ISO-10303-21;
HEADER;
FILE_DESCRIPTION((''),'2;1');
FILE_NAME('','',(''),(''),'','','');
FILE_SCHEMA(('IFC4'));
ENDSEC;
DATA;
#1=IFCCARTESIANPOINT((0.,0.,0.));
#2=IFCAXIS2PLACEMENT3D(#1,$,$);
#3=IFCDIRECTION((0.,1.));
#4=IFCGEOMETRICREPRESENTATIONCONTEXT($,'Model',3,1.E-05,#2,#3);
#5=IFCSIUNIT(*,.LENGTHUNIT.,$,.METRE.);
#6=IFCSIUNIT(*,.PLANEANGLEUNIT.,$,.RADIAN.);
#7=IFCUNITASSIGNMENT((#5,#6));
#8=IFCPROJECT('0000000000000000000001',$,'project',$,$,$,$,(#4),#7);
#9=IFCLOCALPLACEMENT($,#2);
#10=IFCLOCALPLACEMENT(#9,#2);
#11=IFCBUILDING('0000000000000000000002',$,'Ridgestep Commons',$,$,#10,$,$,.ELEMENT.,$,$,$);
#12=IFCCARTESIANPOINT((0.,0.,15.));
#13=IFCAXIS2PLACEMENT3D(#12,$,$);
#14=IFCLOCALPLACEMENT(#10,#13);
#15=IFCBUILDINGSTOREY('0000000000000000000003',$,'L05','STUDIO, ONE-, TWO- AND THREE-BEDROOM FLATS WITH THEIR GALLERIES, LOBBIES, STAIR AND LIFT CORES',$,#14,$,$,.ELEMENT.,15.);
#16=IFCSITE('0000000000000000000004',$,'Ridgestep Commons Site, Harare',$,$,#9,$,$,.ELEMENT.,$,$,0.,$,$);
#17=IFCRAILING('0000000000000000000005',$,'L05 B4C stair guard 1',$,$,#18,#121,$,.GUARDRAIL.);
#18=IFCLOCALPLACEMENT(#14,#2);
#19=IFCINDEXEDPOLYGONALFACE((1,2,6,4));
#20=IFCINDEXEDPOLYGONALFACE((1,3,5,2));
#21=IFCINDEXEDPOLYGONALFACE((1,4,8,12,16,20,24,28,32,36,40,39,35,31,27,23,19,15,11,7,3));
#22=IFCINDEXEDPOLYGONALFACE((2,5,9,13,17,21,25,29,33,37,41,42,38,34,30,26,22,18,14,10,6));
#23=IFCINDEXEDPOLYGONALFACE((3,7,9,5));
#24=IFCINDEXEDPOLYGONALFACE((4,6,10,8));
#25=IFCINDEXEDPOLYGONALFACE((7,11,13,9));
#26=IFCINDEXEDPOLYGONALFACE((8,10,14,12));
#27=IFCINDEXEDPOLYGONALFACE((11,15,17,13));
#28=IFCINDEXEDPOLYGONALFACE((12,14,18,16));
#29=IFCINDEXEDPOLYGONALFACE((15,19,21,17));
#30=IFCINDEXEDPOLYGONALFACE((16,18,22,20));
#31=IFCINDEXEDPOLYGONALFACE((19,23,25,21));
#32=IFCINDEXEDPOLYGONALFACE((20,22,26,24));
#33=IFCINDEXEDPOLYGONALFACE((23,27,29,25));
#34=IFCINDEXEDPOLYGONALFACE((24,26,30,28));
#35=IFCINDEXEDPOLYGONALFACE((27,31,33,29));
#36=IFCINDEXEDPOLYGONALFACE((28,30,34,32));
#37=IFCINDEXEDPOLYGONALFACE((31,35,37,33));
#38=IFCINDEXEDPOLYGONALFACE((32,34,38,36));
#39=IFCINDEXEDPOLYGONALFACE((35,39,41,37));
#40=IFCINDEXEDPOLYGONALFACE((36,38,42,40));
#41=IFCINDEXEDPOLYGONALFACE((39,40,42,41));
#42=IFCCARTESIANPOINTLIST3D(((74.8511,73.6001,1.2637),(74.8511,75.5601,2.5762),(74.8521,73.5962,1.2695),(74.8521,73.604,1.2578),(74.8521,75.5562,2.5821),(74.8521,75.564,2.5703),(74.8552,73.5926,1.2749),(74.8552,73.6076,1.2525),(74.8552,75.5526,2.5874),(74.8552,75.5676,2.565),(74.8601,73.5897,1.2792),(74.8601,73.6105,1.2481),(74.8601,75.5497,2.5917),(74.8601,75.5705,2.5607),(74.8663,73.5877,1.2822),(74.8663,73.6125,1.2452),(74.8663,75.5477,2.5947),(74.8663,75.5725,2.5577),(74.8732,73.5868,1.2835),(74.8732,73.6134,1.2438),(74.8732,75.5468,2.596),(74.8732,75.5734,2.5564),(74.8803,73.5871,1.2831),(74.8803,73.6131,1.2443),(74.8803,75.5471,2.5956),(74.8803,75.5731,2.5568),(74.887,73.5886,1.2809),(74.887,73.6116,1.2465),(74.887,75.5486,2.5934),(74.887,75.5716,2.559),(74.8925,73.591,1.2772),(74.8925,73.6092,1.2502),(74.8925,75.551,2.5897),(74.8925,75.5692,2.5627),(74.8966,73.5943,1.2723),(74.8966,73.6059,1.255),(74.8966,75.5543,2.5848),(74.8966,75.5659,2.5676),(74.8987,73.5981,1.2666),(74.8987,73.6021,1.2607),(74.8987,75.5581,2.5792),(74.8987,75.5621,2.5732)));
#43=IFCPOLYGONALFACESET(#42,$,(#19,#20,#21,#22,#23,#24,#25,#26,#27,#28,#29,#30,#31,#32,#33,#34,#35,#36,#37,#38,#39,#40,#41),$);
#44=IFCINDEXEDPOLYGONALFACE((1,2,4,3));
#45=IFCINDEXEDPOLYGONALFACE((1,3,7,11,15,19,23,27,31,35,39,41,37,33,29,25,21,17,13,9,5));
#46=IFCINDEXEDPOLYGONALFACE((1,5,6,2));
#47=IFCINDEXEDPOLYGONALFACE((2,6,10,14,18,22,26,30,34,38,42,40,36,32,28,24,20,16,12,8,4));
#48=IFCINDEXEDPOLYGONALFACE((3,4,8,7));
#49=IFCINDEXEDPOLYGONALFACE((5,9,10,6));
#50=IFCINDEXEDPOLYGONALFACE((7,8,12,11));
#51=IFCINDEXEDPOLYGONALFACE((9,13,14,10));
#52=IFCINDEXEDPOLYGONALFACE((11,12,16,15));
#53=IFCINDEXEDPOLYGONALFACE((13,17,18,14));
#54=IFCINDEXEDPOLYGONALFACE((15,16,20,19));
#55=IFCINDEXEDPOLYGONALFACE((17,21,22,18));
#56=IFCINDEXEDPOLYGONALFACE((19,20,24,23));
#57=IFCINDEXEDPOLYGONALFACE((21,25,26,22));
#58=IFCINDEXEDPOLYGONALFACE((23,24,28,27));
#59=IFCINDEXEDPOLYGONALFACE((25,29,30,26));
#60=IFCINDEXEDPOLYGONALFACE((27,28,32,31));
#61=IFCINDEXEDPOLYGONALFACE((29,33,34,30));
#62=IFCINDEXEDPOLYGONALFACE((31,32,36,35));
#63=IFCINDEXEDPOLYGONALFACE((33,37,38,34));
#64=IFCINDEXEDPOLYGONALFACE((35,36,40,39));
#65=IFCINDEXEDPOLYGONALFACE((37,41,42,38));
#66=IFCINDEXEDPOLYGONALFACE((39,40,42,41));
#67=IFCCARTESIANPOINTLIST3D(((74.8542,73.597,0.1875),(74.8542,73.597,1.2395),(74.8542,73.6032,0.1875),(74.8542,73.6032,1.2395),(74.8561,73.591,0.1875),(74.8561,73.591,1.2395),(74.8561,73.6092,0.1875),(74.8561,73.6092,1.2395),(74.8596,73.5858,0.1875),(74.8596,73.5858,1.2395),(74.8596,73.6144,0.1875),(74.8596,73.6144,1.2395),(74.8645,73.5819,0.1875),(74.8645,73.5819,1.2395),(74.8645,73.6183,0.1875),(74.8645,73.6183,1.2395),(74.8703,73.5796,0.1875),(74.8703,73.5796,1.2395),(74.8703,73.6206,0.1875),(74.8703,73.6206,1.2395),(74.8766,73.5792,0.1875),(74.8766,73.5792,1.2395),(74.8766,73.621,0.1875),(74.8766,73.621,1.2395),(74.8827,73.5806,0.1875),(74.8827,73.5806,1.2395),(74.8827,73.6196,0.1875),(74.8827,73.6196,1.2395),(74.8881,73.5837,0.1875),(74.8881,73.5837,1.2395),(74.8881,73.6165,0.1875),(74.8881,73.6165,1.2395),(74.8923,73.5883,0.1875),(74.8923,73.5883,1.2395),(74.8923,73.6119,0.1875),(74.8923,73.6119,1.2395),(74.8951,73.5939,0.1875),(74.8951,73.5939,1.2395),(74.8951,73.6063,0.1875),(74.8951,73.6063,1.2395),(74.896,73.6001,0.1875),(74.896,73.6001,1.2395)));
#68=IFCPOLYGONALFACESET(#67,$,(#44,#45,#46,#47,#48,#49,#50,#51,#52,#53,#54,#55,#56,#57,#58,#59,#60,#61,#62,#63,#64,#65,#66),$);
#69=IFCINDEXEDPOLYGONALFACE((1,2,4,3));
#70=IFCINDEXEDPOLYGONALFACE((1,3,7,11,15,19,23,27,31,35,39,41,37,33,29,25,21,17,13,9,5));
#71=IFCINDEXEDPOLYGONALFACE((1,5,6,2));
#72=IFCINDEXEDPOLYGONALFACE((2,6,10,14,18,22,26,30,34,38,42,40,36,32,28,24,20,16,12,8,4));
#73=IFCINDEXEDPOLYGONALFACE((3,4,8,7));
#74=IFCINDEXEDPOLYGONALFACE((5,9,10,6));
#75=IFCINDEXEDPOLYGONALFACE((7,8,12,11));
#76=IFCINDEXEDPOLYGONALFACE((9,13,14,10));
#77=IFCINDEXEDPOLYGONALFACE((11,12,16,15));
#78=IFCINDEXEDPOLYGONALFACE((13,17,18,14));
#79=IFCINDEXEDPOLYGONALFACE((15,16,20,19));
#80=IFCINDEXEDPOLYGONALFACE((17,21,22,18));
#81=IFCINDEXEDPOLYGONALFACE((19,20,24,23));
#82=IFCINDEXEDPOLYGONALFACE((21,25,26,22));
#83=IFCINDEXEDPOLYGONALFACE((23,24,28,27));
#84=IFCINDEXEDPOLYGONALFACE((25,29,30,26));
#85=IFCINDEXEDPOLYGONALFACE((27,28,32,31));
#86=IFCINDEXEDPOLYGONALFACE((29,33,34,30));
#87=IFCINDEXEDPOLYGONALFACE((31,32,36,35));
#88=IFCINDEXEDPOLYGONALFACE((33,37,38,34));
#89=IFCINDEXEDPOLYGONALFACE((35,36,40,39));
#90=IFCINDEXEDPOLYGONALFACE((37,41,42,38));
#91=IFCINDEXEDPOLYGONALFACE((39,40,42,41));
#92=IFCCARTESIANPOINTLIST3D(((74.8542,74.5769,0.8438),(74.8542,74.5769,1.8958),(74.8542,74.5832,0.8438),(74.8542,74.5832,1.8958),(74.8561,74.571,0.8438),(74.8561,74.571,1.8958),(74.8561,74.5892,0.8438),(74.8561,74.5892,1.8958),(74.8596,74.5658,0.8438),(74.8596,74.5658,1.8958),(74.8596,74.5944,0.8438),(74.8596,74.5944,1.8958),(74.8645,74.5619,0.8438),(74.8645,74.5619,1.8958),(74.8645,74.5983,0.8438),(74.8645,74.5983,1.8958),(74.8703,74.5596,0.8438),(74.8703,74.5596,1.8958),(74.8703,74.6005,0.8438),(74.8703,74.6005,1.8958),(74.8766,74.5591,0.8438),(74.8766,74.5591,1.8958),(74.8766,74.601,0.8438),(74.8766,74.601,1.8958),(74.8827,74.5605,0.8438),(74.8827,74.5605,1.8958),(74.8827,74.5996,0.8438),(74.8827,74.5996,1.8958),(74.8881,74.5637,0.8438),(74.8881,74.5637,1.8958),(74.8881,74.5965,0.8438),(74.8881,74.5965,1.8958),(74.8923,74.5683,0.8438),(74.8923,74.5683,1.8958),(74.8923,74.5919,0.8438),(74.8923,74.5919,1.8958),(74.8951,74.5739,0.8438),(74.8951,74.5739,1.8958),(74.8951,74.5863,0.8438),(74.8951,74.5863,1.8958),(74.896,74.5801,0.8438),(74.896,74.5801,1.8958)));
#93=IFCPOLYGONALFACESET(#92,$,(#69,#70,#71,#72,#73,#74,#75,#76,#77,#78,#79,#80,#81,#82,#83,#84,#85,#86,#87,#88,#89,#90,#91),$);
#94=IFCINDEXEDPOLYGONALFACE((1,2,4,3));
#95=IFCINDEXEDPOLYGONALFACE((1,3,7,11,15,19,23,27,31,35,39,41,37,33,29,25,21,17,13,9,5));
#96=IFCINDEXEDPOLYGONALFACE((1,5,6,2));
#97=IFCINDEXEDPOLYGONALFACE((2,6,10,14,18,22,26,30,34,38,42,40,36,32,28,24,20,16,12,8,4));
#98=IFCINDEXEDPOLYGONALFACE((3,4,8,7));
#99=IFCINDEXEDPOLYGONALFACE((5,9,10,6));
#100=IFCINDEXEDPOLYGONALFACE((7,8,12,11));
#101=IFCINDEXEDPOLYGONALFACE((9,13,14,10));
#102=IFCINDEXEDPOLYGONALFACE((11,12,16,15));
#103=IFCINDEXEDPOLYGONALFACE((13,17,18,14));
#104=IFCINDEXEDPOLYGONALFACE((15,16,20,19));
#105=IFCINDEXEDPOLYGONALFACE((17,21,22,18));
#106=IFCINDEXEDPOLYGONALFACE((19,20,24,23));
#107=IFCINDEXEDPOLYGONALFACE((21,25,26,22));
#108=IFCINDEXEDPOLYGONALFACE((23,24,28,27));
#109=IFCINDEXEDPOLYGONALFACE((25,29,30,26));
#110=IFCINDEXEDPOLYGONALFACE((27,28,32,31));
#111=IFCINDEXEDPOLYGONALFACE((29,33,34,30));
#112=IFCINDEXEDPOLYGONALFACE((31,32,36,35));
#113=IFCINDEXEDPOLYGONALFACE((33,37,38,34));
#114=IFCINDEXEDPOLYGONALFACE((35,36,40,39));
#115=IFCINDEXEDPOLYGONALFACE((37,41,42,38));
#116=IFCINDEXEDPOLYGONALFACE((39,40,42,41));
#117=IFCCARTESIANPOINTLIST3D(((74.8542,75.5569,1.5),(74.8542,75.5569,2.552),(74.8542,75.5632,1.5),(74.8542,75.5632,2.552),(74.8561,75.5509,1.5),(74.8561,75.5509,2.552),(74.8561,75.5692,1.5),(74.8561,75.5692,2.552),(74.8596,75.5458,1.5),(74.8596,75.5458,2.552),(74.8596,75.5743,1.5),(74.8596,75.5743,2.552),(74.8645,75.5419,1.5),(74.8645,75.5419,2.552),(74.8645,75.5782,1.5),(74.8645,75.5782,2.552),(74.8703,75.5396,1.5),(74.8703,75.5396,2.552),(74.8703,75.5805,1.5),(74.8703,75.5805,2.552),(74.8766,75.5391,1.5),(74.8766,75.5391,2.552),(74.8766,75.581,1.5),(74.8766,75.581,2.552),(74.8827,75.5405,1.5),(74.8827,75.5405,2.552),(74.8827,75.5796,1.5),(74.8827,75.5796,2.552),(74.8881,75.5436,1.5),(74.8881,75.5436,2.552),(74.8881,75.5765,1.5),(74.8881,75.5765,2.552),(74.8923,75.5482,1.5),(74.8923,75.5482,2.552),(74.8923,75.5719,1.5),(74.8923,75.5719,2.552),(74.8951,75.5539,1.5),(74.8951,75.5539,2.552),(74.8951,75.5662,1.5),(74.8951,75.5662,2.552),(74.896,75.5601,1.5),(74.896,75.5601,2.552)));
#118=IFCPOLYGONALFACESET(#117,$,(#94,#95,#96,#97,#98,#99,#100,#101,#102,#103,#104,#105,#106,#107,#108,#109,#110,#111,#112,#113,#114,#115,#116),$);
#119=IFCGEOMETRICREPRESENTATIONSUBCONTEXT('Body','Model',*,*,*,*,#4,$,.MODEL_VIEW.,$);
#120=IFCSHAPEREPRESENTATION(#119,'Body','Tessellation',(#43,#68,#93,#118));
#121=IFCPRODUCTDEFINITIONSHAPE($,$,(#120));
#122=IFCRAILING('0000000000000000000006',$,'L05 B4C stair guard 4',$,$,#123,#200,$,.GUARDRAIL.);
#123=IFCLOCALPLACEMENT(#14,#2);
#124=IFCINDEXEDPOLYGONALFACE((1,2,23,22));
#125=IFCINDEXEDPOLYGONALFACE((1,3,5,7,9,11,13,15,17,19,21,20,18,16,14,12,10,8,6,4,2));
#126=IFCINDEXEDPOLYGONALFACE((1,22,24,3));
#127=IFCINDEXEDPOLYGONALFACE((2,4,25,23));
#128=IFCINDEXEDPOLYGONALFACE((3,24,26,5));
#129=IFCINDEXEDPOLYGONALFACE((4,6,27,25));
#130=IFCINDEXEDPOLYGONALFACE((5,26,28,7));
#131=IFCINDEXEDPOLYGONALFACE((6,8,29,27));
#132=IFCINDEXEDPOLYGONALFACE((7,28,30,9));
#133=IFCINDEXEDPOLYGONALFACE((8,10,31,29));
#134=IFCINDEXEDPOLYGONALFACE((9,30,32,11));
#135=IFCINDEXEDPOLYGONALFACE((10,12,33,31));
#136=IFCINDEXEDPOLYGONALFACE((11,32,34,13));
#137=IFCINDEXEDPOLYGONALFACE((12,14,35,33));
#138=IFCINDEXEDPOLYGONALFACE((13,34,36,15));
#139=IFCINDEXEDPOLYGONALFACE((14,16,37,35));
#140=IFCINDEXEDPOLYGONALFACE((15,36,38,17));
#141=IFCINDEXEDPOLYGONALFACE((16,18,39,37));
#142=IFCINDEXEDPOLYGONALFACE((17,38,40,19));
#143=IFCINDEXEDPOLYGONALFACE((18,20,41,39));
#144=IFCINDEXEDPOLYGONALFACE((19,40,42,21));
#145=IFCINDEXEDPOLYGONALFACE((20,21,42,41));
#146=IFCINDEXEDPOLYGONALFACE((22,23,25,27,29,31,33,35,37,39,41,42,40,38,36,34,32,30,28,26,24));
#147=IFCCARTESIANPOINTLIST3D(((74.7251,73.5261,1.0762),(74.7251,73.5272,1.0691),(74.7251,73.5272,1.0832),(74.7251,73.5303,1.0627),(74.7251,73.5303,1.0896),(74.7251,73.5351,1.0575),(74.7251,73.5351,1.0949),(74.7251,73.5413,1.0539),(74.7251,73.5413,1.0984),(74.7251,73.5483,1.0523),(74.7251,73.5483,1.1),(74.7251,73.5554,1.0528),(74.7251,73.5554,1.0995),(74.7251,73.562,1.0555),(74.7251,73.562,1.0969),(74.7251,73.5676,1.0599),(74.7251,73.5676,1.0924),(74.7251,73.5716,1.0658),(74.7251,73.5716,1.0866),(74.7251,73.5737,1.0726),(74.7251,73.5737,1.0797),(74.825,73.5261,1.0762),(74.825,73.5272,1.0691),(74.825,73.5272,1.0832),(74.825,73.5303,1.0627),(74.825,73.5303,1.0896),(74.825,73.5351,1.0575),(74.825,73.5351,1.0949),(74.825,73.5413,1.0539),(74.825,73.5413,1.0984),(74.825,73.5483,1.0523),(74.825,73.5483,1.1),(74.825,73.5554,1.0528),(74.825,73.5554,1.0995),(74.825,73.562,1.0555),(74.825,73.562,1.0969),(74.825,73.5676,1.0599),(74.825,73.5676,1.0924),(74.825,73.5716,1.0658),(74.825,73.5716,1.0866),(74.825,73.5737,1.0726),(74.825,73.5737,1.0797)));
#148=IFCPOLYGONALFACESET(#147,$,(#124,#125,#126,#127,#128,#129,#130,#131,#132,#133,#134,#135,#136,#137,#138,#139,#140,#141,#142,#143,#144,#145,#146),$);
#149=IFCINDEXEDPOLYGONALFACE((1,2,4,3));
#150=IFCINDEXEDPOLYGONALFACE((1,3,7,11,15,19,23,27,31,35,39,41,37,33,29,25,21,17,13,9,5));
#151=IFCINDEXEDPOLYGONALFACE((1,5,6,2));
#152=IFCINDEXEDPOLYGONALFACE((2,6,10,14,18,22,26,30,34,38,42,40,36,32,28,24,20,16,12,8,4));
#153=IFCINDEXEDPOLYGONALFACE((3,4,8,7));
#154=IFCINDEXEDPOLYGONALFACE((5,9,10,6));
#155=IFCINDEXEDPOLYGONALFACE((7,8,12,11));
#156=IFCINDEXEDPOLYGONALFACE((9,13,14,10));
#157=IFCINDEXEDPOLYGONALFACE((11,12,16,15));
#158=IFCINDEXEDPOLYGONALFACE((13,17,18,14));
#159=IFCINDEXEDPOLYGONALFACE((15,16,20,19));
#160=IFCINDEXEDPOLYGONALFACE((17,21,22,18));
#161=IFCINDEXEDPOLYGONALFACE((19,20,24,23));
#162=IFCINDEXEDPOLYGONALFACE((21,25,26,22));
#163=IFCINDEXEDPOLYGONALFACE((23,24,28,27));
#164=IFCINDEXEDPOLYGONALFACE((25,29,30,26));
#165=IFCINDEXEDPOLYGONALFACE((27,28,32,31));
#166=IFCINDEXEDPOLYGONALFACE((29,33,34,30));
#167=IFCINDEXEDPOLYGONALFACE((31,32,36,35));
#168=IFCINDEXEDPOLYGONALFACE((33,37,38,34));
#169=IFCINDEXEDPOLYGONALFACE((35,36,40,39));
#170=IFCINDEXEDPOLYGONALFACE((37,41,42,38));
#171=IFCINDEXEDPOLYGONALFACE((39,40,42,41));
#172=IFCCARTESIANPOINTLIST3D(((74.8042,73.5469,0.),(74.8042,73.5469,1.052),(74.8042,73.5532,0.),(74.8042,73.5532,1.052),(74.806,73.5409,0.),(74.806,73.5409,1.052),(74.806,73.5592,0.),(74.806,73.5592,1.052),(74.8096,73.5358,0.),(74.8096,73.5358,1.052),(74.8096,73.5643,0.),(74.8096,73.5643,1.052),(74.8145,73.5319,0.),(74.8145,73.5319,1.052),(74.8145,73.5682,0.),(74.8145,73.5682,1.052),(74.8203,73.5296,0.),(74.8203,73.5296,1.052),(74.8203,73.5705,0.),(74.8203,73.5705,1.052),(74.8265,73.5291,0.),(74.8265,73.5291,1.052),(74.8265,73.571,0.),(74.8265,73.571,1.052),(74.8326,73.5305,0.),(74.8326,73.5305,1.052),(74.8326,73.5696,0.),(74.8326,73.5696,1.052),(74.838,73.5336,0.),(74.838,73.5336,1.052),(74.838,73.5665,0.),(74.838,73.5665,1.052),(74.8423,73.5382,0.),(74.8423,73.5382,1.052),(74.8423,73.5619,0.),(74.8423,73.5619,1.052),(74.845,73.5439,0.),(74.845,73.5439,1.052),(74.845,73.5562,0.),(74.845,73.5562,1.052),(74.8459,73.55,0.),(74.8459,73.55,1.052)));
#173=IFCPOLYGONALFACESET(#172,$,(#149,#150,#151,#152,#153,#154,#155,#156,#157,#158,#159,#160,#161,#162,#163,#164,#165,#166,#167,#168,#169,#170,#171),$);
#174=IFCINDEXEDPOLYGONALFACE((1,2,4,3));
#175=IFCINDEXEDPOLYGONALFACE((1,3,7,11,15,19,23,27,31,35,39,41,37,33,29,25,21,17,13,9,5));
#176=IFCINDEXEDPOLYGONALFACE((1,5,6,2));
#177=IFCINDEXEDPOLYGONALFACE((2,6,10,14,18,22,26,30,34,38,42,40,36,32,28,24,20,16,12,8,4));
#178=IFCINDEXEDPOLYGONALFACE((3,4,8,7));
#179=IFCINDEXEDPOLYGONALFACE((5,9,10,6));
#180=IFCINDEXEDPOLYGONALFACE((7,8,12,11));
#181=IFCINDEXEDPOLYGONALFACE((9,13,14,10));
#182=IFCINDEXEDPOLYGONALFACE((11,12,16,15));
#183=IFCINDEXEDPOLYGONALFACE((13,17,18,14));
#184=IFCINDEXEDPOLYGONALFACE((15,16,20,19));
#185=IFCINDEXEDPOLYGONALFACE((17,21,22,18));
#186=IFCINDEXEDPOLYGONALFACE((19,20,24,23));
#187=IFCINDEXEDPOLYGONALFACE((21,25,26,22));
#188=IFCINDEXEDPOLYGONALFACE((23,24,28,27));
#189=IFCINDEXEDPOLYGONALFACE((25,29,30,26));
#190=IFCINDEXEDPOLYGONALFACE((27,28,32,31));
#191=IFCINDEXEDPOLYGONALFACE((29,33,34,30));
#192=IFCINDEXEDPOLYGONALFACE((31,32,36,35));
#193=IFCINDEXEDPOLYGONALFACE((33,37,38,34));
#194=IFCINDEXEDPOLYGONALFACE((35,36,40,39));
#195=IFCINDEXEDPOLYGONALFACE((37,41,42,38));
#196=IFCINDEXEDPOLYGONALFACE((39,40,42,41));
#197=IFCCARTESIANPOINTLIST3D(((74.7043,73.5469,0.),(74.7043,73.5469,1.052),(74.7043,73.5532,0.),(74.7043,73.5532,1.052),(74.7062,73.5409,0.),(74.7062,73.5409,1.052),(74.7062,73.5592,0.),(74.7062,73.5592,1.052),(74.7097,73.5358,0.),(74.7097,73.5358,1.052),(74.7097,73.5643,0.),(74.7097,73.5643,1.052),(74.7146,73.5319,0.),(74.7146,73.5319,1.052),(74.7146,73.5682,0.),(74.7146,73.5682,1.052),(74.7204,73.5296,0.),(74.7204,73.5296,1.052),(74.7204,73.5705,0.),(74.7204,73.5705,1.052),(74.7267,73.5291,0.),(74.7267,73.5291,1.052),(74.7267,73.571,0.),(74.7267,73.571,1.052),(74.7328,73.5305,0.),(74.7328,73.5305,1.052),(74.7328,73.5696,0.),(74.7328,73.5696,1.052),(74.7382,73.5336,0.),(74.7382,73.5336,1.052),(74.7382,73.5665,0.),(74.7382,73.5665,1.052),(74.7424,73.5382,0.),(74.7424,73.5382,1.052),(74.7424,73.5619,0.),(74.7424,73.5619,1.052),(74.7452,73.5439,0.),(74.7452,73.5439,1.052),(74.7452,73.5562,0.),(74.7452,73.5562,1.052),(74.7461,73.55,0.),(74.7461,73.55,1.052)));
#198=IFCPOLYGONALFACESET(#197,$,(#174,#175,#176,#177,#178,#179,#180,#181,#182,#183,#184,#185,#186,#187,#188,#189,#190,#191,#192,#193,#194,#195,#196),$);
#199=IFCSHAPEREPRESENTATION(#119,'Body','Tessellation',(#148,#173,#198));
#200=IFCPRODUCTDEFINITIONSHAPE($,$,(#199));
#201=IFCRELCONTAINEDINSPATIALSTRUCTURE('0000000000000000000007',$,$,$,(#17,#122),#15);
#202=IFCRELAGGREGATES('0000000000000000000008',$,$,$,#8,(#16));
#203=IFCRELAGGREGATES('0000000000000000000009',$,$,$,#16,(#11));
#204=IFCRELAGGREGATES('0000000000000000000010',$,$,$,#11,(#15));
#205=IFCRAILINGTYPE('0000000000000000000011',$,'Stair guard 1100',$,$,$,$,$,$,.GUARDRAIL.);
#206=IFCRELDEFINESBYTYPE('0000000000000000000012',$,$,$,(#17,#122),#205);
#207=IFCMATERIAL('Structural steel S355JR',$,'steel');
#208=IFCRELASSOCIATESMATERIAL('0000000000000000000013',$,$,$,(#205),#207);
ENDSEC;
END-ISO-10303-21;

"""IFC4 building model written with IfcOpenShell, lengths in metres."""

from ifc_helpers import new_model, si_unit, direction, frame, origin, origin_2d, place, context, subcontext, project, spatial, circle, extrude, material, type_object, element, save


model = new_model("IFC4")

# Units and contexts
model_context = context("Model", 3, precision=1e-05, world=origin(), true_north=direction((0.0, 1.0)))
body_context = subcontext(model_context, "Body", "Model", "MODEL_VIEW")
ifc_project = project(units=[si_unit("LENGTHUNIT", "METRE"), si_unit("PLANEANGLEUNIT", "RADIAN")], contexts=[model_context])

# Site, building, storey
site_placement = place(None, origin())
site = spatial("IfcSite", under=ifc_project, at=site_placement, Name="Ridgestep Commons Site, Harare", CompositionType="ELEMENT", RefElevation=0.0)
building_placement = place(site_placement, origin())
building = spatial("IfcBuilding", under=site, at=building_placement, Name="Ridgestep Commons", CompositionType="ELEMENT")
storey_placement = place(building_placement, frame((0.0, 0.0, 15.0)))
storey = spatial("IfcBuildingStorey", under=building, at=storey_placement, Name="L05", Description="STUDIO, ONE-, TWO- AND THREE-BEDROOM FLATS WITH THEIR GALLERIES, LOBBIES, STAIR AND LIFT CORES", CompositionType="ELEMENT", Elevation=15.0)

# Railings
ifc_material_1 = material(Name="Structural steel S355JR", Category="steel")
railing_type_1 = type_object("IfcRailingType", Name="Stair guard 1100", PredefinedType="GUARDRAIL", material=ifc_material_1)
railing_1_placement = place(storey_placement, frame((74.875, 73.6001, 0.1875)))
element("IfcRailing", 1, at=railing_1_placement, inside=storey, type_object=railing_type_1, Name="L05 B4C stair guard 1", PredefinedType="GUARDRAIL", context=body_context, shape_type="SweptSolid", body=[
    extrude(circle(Radius=0.0239, at=origin_2d()), frame((0.0, 0.0, 1.0762), z_axis=(0.0, 0.830902, 0.556419), x_axis=(-1.0, 0.0, 0.0)), (0.0, 0.0, 1.0), 2.3589),
    extrude(circle(Radius=0.021, at=origin_2d()), origin(), (0.0, 0.0, 1.0), 1.052),
    extrude(circle(Radius=0.021, at=origin_2d()), frame((0.0, 0.98, 0.6562)), (0.0, 0.0, 1.0), 1.052),
    extrude(circle(Radius=0.021, at=origin_2d()), frame((0.0, 1.96, 1.3125)), (0.0, 0.0, 1.0), 1.052),
])
railing_2_placement = place(storey_placement, frame((74.825, 73.55, 0.0)))
element("IfcRailing", 2, at=railing_2_placement, inside=storey, type_object=railing_type_1, Name="L05 B4C stair guard 4", PredefinedType="GUARDRAIL", context=body_context, shape_type="SweptSolid", body=[
    extrude(circle(Radius=0.0239, at=origin_2d()), frame((0.0, 0.0, 1.0762), z_axis=(-1.0, 0.0, 0.0), x_axis=(0.0, -1.0, 0.0)), (0.0, 0.0, 1.0), 0.0999),
    extrude(circle(Radius=0.021, at=origin_2d()), origin(), (0.0, 0.0, 1.0), 1.052),
    extrude(circle(Radius=0.021, at=origin_2d()), frame((-0.0999, 0.0, 0.0)), (0.0, 0.0, 1.0), 1.052),
])

save(model, "model.ifc")
